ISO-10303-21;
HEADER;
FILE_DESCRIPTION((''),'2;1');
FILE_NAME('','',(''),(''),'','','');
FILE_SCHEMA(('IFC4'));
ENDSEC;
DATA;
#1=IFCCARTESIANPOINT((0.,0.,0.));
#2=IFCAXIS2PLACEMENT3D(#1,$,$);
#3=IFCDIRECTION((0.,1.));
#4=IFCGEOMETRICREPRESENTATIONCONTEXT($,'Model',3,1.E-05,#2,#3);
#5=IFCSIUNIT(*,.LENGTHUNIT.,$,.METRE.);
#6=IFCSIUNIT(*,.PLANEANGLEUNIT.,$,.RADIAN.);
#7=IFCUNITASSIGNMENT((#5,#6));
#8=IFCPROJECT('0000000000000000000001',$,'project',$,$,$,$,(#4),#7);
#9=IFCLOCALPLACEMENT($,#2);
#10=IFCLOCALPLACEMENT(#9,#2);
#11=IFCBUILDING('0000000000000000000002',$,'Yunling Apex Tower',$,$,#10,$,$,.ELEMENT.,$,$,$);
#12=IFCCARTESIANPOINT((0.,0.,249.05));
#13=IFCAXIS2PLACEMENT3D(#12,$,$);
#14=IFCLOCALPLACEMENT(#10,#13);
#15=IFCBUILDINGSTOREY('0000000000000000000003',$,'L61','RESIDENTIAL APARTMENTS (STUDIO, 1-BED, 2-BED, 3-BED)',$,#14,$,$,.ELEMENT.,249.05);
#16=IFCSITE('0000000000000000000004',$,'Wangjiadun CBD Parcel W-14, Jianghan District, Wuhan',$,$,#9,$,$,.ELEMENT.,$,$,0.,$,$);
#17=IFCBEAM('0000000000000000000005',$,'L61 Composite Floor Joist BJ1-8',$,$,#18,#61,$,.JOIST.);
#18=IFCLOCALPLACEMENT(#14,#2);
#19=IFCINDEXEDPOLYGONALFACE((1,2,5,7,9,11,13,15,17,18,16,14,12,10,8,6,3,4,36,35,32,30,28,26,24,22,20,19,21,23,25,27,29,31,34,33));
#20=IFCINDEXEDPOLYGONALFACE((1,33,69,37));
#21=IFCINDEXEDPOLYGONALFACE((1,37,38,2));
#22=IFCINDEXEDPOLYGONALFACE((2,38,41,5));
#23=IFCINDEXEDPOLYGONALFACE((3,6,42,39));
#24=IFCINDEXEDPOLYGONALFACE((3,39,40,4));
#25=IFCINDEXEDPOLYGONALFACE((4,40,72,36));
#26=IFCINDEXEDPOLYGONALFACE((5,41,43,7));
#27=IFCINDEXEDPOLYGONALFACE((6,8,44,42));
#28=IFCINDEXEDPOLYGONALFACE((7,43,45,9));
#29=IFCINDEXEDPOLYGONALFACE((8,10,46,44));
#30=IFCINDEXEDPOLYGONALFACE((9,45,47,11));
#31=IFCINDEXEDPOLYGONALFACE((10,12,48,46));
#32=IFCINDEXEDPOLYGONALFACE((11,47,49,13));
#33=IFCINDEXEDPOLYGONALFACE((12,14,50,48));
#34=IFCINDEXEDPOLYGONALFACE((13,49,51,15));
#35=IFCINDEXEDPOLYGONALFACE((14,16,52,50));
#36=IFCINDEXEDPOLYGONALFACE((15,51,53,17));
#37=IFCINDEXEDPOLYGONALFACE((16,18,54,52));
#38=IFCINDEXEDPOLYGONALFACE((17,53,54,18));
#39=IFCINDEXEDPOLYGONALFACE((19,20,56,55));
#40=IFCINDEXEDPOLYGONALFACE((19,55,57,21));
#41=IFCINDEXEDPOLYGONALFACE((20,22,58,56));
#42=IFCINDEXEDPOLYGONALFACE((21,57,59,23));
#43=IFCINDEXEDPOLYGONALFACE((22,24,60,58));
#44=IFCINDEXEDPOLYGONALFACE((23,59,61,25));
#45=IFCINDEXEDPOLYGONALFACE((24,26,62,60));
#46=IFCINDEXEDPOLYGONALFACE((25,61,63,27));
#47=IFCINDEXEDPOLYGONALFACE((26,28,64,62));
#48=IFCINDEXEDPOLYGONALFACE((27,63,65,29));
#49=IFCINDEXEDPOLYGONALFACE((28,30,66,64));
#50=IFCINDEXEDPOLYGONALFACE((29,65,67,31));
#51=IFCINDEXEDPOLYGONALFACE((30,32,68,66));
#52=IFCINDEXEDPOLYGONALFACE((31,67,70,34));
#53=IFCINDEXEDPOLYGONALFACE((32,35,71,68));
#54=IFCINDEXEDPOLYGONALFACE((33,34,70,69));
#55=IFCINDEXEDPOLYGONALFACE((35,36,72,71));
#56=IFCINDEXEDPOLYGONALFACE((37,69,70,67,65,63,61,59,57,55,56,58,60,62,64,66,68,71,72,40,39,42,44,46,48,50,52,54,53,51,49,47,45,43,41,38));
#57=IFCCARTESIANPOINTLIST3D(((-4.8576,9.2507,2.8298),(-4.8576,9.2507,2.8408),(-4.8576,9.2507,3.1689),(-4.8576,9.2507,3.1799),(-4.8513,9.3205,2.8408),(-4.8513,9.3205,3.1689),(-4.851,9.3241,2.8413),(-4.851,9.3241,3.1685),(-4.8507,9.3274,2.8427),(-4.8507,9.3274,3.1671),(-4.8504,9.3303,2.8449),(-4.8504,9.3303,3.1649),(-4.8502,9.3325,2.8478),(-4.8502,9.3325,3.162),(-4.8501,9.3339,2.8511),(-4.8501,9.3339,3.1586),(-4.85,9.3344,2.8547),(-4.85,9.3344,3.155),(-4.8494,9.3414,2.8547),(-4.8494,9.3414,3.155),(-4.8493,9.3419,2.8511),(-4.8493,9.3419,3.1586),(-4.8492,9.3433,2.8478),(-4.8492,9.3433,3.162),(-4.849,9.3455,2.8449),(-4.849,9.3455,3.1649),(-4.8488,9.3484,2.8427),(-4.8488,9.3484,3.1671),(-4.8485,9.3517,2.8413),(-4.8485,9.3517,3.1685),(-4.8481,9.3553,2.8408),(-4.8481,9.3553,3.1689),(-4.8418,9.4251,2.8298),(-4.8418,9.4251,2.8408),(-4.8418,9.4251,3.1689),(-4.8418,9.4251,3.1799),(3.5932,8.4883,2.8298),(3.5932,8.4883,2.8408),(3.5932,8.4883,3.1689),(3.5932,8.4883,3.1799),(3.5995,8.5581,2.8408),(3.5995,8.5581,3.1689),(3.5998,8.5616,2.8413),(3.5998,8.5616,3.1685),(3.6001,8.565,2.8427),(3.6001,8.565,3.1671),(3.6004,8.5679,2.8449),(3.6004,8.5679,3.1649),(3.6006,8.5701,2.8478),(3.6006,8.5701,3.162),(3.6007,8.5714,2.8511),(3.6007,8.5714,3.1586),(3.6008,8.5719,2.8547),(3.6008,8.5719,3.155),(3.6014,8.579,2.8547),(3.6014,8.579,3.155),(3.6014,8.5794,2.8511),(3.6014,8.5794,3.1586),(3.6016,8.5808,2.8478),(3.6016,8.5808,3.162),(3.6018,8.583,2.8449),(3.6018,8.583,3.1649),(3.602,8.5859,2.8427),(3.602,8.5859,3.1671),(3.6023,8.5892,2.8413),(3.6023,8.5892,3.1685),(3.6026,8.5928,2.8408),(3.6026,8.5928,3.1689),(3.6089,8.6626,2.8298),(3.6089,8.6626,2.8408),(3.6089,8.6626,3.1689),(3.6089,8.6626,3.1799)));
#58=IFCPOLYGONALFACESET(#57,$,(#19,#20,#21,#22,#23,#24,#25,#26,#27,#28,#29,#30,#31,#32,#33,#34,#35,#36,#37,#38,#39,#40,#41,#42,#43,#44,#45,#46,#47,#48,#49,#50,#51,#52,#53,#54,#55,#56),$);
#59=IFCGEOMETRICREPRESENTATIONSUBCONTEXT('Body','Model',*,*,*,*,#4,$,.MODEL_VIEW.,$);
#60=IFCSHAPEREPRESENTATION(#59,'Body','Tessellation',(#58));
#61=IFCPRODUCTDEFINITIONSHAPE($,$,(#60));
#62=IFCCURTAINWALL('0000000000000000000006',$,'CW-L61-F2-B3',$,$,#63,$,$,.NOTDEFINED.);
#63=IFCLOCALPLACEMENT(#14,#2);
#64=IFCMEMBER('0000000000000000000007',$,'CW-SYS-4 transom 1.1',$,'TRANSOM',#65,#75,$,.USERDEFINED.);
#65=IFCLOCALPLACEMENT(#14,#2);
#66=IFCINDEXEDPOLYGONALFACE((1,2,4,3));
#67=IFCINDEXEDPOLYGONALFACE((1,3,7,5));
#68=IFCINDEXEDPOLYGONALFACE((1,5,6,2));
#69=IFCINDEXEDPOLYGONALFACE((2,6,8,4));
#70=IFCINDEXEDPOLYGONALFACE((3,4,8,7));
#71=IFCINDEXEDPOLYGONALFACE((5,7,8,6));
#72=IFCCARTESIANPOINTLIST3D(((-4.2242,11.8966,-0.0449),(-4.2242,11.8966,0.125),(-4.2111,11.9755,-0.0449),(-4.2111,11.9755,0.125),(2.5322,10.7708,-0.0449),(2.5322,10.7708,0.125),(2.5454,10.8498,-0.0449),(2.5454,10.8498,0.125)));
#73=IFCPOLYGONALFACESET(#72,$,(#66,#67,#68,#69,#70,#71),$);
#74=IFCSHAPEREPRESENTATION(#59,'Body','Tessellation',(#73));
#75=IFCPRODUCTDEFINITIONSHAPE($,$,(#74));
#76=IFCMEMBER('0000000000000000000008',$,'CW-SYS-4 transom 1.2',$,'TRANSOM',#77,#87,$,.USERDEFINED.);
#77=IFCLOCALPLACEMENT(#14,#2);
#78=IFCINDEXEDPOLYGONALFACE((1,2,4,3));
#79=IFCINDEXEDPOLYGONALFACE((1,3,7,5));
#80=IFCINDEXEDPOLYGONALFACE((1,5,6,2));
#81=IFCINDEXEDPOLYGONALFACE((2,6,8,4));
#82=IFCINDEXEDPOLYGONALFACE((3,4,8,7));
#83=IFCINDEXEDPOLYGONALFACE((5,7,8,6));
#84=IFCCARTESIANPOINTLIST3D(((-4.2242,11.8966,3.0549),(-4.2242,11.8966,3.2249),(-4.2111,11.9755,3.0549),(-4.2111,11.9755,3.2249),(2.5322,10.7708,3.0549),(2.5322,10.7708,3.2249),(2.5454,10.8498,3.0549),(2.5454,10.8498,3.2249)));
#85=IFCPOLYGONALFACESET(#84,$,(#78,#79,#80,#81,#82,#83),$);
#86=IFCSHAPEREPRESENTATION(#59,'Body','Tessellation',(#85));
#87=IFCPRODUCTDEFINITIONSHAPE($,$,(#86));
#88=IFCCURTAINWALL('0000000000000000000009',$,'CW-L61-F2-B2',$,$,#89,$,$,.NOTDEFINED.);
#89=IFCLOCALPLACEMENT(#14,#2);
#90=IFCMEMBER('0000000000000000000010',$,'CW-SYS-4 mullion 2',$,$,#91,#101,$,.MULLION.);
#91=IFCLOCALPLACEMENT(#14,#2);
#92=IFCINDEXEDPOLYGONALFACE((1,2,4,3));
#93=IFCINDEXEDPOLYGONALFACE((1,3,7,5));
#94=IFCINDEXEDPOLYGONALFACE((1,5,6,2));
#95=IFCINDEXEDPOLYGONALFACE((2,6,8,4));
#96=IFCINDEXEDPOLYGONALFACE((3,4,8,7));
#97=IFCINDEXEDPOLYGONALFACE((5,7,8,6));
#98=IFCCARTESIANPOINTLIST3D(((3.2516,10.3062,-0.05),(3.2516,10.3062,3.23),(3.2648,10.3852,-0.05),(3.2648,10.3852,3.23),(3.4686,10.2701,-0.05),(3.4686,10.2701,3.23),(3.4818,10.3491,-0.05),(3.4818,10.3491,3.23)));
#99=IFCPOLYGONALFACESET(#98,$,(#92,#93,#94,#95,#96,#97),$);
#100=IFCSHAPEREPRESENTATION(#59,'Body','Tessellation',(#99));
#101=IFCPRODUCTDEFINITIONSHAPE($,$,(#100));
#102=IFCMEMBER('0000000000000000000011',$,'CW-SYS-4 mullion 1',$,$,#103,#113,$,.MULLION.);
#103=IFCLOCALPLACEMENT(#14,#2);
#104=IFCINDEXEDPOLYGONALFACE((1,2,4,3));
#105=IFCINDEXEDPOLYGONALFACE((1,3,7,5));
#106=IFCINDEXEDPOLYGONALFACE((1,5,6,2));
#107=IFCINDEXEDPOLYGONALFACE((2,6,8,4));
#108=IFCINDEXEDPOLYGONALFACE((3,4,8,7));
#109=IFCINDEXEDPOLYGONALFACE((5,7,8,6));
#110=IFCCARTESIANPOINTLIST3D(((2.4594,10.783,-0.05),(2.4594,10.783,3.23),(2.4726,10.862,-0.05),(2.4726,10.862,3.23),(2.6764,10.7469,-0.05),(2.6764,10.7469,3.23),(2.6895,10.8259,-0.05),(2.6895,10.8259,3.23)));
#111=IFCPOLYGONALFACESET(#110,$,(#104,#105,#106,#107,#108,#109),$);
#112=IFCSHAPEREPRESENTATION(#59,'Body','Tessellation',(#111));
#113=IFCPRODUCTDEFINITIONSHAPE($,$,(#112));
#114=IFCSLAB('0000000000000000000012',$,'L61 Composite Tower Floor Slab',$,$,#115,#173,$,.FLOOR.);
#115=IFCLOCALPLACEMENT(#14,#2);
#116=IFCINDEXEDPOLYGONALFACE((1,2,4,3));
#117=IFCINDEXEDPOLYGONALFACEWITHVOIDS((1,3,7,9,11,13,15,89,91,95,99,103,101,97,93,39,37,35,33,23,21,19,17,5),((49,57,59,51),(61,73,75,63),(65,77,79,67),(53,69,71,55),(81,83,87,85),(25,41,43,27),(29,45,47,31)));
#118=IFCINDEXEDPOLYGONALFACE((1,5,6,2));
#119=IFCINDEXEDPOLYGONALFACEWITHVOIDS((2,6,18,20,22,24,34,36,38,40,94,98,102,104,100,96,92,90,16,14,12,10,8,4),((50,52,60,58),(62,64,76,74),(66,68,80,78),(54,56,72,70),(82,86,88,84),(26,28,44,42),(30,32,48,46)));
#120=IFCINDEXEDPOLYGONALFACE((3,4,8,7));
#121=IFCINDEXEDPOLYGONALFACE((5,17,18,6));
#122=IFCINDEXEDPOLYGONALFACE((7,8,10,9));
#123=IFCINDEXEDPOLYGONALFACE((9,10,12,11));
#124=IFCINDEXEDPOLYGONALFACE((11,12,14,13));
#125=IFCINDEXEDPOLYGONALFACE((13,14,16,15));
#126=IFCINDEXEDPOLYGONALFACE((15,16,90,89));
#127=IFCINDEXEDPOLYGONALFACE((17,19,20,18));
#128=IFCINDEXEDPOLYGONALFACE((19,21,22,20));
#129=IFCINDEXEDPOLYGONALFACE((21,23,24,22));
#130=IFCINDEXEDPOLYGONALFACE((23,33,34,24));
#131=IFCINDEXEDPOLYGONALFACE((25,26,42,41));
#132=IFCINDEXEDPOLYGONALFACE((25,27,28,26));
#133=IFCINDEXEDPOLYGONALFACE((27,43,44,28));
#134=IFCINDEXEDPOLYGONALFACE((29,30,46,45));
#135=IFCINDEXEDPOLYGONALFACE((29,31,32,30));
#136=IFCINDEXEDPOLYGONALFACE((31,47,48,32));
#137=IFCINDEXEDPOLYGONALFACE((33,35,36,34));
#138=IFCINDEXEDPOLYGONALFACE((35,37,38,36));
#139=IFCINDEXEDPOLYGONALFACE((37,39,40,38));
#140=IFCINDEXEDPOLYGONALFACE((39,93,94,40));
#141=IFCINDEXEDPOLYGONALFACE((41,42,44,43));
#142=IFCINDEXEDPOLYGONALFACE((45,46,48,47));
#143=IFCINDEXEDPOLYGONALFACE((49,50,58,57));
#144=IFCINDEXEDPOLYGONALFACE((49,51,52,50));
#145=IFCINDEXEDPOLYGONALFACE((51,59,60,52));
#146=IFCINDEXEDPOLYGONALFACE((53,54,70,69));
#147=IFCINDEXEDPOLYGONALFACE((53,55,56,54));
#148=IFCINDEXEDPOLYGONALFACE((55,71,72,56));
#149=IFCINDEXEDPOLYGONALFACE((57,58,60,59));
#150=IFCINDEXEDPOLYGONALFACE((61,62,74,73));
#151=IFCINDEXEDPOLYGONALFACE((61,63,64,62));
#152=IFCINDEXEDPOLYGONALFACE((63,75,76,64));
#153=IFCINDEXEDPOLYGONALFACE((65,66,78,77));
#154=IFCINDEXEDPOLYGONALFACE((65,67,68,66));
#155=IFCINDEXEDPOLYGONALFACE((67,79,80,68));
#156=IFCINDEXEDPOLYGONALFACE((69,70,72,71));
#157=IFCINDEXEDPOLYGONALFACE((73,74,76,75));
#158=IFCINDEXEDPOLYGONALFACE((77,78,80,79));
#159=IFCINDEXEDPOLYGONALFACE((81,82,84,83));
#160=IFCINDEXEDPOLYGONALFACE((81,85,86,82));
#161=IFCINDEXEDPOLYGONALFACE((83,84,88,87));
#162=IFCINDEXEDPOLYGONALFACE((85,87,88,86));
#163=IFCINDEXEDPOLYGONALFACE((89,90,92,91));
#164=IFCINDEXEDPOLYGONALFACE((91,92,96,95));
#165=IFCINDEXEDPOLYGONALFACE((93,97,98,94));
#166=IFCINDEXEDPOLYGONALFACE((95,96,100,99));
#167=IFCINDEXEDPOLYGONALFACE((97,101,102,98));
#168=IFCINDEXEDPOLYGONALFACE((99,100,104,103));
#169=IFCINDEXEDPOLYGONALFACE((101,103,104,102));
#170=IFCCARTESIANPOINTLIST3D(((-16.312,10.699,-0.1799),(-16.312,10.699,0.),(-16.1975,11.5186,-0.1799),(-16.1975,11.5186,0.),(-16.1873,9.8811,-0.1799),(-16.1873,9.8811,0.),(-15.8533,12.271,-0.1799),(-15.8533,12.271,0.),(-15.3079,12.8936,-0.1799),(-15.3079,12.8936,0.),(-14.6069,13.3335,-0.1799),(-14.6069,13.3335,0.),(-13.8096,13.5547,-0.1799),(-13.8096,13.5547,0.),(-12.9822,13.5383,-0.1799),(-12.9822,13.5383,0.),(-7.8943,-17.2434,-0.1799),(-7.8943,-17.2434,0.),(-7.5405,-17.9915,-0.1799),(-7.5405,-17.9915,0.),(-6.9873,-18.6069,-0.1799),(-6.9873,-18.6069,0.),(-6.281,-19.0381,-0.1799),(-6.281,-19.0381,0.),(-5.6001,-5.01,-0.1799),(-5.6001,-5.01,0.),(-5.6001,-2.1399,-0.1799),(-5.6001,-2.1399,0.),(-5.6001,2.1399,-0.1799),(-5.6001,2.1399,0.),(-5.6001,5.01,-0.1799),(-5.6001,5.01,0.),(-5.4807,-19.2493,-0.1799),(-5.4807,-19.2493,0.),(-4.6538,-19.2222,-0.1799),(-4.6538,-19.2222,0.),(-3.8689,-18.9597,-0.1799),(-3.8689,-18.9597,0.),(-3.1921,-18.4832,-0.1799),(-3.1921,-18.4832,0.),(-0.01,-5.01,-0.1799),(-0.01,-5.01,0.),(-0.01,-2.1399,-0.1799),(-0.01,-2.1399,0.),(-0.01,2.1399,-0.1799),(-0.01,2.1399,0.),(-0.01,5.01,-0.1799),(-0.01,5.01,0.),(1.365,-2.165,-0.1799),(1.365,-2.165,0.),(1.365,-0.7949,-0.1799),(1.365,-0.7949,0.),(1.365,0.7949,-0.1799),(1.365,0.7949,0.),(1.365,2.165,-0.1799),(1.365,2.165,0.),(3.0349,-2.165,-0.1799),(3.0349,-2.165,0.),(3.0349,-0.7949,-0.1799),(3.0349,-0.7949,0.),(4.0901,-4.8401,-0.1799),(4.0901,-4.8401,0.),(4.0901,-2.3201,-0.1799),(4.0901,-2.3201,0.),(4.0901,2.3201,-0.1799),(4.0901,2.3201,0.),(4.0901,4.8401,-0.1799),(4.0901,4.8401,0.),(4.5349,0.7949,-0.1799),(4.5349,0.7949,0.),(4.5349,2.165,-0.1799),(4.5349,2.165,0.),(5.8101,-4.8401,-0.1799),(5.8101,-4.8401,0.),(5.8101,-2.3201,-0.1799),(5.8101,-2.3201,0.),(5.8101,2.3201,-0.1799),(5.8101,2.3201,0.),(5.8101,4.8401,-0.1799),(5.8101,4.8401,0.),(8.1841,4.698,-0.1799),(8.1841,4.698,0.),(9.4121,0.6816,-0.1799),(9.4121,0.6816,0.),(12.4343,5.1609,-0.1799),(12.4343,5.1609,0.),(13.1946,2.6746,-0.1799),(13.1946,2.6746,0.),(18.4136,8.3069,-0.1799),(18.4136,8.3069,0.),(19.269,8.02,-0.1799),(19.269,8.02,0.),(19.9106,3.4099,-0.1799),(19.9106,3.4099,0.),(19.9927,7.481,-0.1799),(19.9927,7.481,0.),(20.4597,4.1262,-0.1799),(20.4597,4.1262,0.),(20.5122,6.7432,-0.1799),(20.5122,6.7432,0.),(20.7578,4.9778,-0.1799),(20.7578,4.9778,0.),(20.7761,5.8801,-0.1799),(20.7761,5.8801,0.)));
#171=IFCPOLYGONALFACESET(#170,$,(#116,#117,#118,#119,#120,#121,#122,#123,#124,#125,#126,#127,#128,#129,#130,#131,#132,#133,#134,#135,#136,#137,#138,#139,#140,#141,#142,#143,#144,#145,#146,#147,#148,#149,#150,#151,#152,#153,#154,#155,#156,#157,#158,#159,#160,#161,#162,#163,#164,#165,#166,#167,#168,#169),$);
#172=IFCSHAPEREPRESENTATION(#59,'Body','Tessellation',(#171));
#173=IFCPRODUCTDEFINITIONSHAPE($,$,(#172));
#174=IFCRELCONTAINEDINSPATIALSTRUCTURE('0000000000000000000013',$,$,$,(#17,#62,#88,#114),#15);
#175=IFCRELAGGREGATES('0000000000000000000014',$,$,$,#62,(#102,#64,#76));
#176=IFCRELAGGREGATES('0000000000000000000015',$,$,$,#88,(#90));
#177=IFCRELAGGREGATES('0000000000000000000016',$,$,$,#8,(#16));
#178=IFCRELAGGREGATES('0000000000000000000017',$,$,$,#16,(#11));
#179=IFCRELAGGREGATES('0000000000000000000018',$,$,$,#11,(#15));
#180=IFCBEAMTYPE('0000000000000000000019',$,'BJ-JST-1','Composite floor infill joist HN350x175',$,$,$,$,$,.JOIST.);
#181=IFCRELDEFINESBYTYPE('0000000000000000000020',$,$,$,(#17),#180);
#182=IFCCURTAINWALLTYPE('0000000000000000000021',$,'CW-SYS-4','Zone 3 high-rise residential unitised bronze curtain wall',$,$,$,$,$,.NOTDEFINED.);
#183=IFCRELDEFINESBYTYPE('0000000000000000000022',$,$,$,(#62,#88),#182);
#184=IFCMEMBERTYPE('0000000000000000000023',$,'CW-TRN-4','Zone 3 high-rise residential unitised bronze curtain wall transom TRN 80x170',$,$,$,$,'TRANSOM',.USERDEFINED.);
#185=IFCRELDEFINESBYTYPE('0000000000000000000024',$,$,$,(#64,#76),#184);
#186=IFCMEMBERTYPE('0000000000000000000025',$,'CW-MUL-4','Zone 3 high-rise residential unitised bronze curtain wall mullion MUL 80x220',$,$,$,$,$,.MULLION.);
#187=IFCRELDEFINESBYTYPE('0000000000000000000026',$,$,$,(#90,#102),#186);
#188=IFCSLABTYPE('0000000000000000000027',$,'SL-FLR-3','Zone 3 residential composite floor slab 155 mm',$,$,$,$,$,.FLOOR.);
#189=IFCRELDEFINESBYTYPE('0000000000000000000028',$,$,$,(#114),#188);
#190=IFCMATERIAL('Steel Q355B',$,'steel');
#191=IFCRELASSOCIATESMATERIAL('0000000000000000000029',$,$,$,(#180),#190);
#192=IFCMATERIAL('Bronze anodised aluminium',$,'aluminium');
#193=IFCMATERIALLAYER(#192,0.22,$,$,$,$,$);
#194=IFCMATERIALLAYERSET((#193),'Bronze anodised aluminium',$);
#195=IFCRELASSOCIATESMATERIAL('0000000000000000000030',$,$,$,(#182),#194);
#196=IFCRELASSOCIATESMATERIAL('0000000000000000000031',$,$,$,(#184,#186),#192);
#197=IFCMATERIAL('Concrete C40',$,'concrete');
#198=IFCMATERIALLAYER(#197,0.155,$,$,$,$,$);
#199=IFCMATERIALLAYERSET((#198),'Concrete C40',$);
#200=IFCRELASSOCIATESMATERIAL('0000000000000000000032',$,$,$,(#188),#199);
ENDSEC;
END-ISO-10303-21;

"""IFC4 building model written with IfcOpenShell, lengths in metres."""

from ifc_helpers import new_model, si_unit, direction, frame, origin, origin_2d, place, context, subcontext, project, spatial, polyline, rectangle, i_section, outline, extrude, source, transform, mapped, material, layer, layer_set, material_profile, profile_set, type_object, element, aggregate, save


model = new_model("IFC4")

# Units and contexts
model_context = context("Model", 3, precision=1e-05, world=origin(), true_north=direction((0.0, 1.0)))
body_context = subcontext(model_context, "Body", "Model", "MODEL_VIEW")
ifc_project = project(units=[si_unit("LENGTHUNIT", "METRE"), si_unit("PLANEANGLEUNIT", "RADIAN")], contexts=[model_context])

# Site, building, storey
site_placement = place(None, origin())
site = spatial("IfcSite", under=ifc_project, at=site_placement, Name="Wangjiadun CBD Parcel W-14, Jianghan District, Wuhan", CompositionType="ELEMENT", RefElevation=0.0)
building_placement = place(site_placement, origin())
building = spatial("IfcBuilding", under=site, at=building_placement, Name="Yunling Apex Tower", CompositionType="ELEMENT")
storey_placement = place(building_placement, frame((0.0, 0.0, 249.05)))
storey = spatial("IfcBuildingStorey", under=building, at=storey_placement, Name="L61", Description="RESIDENTIAL APARTMENTS (STUDIO, 1-BED, 2-BED, 3-BED)", CompositionType="ELEMENT", Elevation=249.05)

# Beam
ifc_material_1 = material(Name="Steel Q355B", Category="steel")
ifc_material_profile_1 = material_profile(ifc_material_1, i_section(OverallWidth=0.175, OverallDepth=0.3501, WebThickness=0.0071, FlangeThickness=0.011, FilletRadius=0.0139, at=origin_2d()))
ifc_profile_set_1 = profile_set([ifc_material_profile_1], Name="Steel Q355B")
beam_type_1 = type_object("IfcBeamType", Name="BJ-JST-1", Description="Composite floor infill joist HN350x175", PredefinedType="JOIST", material=ifc_profile_set_1)
shared_shape_1 = source(origin(), body_context, "Body", "SweptSolid", [
    extrude(i_section(OverallWidth=0.175, OverallDepth=0.3501, WebThickness=0.0071, FlangeThickness=0.011, FilletRadius=0.0139, at=origin_2d()), origin(), (0.0, 0.0, 1.0), 8.4851),
])
beam_1_placement = place(storey_placement, frame((3.6011, 8.5754, 3.0049), z_axis=(-0.995955, 0.089859, 0.0), x_axis=(-0.089859, -0.995955, 0.0)))
element("IfcBeam", 1, at=beam_1_placement, inside=storey, type_object=beam_type_1, Name="L61 Composite Floor Joist BJ1-8", PredefinedType="JOIST", context=body_context, shape_type="MappedRepresentation", body=[
    mapped(shared_shape_1, transform((0.0, 0.0, 0.0), scale=1.0)),
])

# Curtain wall, members
ifc_material_2 = material(Name="Bronze anodised aluminium", Category="aluminium")
ifc_layer_1 = layer(ifc_material_2, 0.22)
ifc_layer_set_1 = layer_set([ifc_layer_1], Name="Bronze anodised aluminium")
curtain_wall_type = type_object("IfcCurtainWallType", Name="CW-SYS-4", Description="Zone 3 high-rise residential unitised bronze curtain wall", PredefinedType="NOTDEFINED", material=ifc_layer_set_1)
curtain_wall_1_placement = place(storey_placement, origin())
curtain_wall_1 = element("IfcCurtainWall", 2, at=curtain_wall_1_placement, inside=storey, type_object=curtain_wall_type, Name="CW-L61-F2-B3", PredefinedType="NOTDEFINED")
ifc_material_profile_2 = material_profile(ifc_material_2, rectangle(XDim=0.0801, YDim=0.1699, at=origin_2d()))
ifc_profile_set_2 = profile_set([ifc_material_profile_2], Name="Bronze anodised aluminium")
member_type_1 = type_object("IfcMemberType", Name="CW-TRN-4", Description="Zone 3 high-rise residential unitised bronze curtain wall transom TRN 80x170", ElementType="TRANSOM", PredefinedType="USERDEFINED", material=ifc_profile_set_2)
shared_shape_2 = source(origin(), body_context, "Body", "SweptSolid", [
    extrude(rectangle(XDim=0.0801, YDim=0.1699, at=origin_2d()), origin(), (0.0, 0.0, 1.0), 6.8496),
])
member_1_placement = place(storey_placement, frame((2.5388, 10.8103, 0.04), z_axis=(-0.986402, 0.164353, 0.0), x_axis=(-0.164353, -0.986402, 0.0)))
member_1 = element("IfcMember", 3, at=member_1_placement, type_object=member_type_1, Name="CW-SYS-4 transom 1.1", ObjectType="TRANSOM", PredefinedType="USERDEFINED", context=body_context, shape_type="MappedRepresentation", body=[
    mapped(shared_shape_2, transform((0.0, 0.0, 0.0), scale=1.0)),
])
member_2_placement = place(storey_placement, frame((2.5388, 10.8103, 3.1399), z_axis=(-0.986402, 0.164353, 0.0), x_axis=(-0.164353, -0.986402, 0.0)))
member_2 = element("IfcMember", 4, at=member_2_placement, type_object=member_type_1, Name="CW-SYS-4 transom 1.2", ObjectType="TRANSOM", PredefinedType="USERDEFINED", context=body_context, shape_type="MappedRepresentation", body=[
    mapped(shared_shape_2, transform((0.0, 0.0, 0.0), scale=1.0)),
])

# Curtain wall, member
curtain_wall_2_placement = place(storey_placement, origin())
curtain_wall_2 = element("IfcCurtainWall", 5, at=curtain_wall_2_placement, inside=storey, type_object=curtain_wall_type, Name="CW-L61-F2-B2", PredefinedType="NOTDEFINED")
ifc_material_profile_3 = material_profile(ifc_material_2, rectangle(XDim=0.0801, YDim=0.22, at=origin_2d()))
ifc_profile_set_3 = profile_set([ifc_material_profile_3], Name="Bronze anodised aluminium")
member_type_2 = type_object("IfcMemberType", Name="CW-MUL-4", Description="Zone 3 high-rise residential unitised bronze curtain wall mullion MUL 80x220", PredefinedType="MULLION", material=ifc_profile_set_3)
shared_shape_3 = source(origin(), body_context, "Body", "SweptSolid", [
    extrude(rectangle(XDim=0.0801, YDim=0.22, at=origin_2d()), origin(), (0.0, 0.0, 1.0), 3.28),
])
member_3_placement = place(storey_placement, frame((3.3667, 10.3276, -0.05), z_axis=(0.0, 0.0, 1.0), x_axis=(-0.164371, -0.986399, 0.0)))
member_3 = element("IfcMember", 6, at=member_3_placement, type_object=member_type_2, Name="CW-SYS-4 mullion 2", PredefinedType="MULLION", context=body_context, shape_type="MappedRepresentation", body=[
    mapped(shared_shape_3, transform((0.0, 0.0, 0.0), scale=1.0)),
])

# Member
member_4_placement = place(storey_placement, frame((2.5745, 10.8044, -0.05), z_axis=(0.0, 0.0, 1.0), x_axis=(-0.164353, -0.986402, 0.0)))
member_4 = element("IfcMember", 7, at=member_4_placement, type_object=member_type_2, Name="CW-SYS-4 mullion 1", PredefinedType="MULLION", context=body_context, shape_type="MappedRepresentation", body=[
    mapped(shared_shape_3, transform((0.0, 0.0, 0.0), scale=1.0)),
])

# Slab
ifc_material_3 = material(Name="Concrete C40", Category="concrete")
ifc_layer_2 = layer(ifc_material_3, 0.155)
ifc_layer_set_2 = layer_set([ifc_layer_2], Name="Concrete C40")
slab_type_1 = type_object("IfcSlabType", Name="SL-FLR-3", Description="Zone 3 residential composite floor slab 155 mm", PredefinedType="FLOOR", material=ifc_layer_set_2)
slab_1_placement = place(storey_placement, frame((0.0, 0.0, -0.1799)))
element("IfcSlab", 8, at=slab_1_placement, inside=storey, type_object=slab_type_1, Name="L61 Composite Tower Floor Slab", PredefinedType="FLOOR", context=body_context, shape_type="SweptSolid", body=[
    extrude(outline(polyline([(-7.8943, -17.2434), (-7.5405, -17.9915), (-6.9873, -18.6069), (-6.281, -19.0381), (-5.4807, -19.2493), (-4.6538, -19.2222), (-3.8689, -18.9597), (-3.1921, -18.4832), (19.9106, 3.4099), (20.4597, 4.1262), (20.7578, 4.9778), (20.7761, 5.8801), (20.5122, 6.7432), (19.9927, 7.481), (19.269, 8.02), (18.4136, 8.3069), (-12.9822, 13.5383), (-13.8096, 13.5547), (-14.6069, 13.3335), (-15.3079, 12.8936), (-15.8533, 12.271), (-16.1975, 11.5186), (-16.312, 10.699), (-16.1873, 9.8811), (-7.8943, -17.2434)]), holes=[polyline([(8.1841, 4.698), (12.4343, 5.1609), (13.1946, 2.6746), (9.4121, 0.6816), (8.1841, 4.698)]), polyline([(4.0901, -2.3201), (5.8101, -2.3201), (5.8101, -4.8401), (4.0901, -4.8401), (4.0901, -2.3201)]), polyline([(4.0901, 4.8401), (5.8101, 4.8401), (5.8101, 2.3201), (4.0901, 2.3201), (4.0901, 4.8401)]), polyline([(1.365, 0.7949), (1.365, 2.165), (4.5349, 2.165), (4.5349, 0.7949), (1.365, 0.7949)]), polyline([(1.365, -0.7949), (3.0349, -0.7949), (3.0349, -2.165), (1.365, -2.165), (1.365, -0.7949)]), polyline([(-0.01, -5.01), (-5.6001, -5.01), (-5.6001, -2.1399), (-0.01, -2.1399), (-0.01, -5.01)]), polyline([(-0.01, 2.1399), (-5.6001, 2.1399), (-5.6001, 5.01), (-0.01, 5.01), (-0.01, 2.1399)])]), origin(), (0.0, 0.0, 1.0), 0.1799),
])

aggregate(curtain_wall_1, [member_4, member_1, member_2])
aggregate(curtain_wall_2, [member_3])

save(model, "model.ifc")
